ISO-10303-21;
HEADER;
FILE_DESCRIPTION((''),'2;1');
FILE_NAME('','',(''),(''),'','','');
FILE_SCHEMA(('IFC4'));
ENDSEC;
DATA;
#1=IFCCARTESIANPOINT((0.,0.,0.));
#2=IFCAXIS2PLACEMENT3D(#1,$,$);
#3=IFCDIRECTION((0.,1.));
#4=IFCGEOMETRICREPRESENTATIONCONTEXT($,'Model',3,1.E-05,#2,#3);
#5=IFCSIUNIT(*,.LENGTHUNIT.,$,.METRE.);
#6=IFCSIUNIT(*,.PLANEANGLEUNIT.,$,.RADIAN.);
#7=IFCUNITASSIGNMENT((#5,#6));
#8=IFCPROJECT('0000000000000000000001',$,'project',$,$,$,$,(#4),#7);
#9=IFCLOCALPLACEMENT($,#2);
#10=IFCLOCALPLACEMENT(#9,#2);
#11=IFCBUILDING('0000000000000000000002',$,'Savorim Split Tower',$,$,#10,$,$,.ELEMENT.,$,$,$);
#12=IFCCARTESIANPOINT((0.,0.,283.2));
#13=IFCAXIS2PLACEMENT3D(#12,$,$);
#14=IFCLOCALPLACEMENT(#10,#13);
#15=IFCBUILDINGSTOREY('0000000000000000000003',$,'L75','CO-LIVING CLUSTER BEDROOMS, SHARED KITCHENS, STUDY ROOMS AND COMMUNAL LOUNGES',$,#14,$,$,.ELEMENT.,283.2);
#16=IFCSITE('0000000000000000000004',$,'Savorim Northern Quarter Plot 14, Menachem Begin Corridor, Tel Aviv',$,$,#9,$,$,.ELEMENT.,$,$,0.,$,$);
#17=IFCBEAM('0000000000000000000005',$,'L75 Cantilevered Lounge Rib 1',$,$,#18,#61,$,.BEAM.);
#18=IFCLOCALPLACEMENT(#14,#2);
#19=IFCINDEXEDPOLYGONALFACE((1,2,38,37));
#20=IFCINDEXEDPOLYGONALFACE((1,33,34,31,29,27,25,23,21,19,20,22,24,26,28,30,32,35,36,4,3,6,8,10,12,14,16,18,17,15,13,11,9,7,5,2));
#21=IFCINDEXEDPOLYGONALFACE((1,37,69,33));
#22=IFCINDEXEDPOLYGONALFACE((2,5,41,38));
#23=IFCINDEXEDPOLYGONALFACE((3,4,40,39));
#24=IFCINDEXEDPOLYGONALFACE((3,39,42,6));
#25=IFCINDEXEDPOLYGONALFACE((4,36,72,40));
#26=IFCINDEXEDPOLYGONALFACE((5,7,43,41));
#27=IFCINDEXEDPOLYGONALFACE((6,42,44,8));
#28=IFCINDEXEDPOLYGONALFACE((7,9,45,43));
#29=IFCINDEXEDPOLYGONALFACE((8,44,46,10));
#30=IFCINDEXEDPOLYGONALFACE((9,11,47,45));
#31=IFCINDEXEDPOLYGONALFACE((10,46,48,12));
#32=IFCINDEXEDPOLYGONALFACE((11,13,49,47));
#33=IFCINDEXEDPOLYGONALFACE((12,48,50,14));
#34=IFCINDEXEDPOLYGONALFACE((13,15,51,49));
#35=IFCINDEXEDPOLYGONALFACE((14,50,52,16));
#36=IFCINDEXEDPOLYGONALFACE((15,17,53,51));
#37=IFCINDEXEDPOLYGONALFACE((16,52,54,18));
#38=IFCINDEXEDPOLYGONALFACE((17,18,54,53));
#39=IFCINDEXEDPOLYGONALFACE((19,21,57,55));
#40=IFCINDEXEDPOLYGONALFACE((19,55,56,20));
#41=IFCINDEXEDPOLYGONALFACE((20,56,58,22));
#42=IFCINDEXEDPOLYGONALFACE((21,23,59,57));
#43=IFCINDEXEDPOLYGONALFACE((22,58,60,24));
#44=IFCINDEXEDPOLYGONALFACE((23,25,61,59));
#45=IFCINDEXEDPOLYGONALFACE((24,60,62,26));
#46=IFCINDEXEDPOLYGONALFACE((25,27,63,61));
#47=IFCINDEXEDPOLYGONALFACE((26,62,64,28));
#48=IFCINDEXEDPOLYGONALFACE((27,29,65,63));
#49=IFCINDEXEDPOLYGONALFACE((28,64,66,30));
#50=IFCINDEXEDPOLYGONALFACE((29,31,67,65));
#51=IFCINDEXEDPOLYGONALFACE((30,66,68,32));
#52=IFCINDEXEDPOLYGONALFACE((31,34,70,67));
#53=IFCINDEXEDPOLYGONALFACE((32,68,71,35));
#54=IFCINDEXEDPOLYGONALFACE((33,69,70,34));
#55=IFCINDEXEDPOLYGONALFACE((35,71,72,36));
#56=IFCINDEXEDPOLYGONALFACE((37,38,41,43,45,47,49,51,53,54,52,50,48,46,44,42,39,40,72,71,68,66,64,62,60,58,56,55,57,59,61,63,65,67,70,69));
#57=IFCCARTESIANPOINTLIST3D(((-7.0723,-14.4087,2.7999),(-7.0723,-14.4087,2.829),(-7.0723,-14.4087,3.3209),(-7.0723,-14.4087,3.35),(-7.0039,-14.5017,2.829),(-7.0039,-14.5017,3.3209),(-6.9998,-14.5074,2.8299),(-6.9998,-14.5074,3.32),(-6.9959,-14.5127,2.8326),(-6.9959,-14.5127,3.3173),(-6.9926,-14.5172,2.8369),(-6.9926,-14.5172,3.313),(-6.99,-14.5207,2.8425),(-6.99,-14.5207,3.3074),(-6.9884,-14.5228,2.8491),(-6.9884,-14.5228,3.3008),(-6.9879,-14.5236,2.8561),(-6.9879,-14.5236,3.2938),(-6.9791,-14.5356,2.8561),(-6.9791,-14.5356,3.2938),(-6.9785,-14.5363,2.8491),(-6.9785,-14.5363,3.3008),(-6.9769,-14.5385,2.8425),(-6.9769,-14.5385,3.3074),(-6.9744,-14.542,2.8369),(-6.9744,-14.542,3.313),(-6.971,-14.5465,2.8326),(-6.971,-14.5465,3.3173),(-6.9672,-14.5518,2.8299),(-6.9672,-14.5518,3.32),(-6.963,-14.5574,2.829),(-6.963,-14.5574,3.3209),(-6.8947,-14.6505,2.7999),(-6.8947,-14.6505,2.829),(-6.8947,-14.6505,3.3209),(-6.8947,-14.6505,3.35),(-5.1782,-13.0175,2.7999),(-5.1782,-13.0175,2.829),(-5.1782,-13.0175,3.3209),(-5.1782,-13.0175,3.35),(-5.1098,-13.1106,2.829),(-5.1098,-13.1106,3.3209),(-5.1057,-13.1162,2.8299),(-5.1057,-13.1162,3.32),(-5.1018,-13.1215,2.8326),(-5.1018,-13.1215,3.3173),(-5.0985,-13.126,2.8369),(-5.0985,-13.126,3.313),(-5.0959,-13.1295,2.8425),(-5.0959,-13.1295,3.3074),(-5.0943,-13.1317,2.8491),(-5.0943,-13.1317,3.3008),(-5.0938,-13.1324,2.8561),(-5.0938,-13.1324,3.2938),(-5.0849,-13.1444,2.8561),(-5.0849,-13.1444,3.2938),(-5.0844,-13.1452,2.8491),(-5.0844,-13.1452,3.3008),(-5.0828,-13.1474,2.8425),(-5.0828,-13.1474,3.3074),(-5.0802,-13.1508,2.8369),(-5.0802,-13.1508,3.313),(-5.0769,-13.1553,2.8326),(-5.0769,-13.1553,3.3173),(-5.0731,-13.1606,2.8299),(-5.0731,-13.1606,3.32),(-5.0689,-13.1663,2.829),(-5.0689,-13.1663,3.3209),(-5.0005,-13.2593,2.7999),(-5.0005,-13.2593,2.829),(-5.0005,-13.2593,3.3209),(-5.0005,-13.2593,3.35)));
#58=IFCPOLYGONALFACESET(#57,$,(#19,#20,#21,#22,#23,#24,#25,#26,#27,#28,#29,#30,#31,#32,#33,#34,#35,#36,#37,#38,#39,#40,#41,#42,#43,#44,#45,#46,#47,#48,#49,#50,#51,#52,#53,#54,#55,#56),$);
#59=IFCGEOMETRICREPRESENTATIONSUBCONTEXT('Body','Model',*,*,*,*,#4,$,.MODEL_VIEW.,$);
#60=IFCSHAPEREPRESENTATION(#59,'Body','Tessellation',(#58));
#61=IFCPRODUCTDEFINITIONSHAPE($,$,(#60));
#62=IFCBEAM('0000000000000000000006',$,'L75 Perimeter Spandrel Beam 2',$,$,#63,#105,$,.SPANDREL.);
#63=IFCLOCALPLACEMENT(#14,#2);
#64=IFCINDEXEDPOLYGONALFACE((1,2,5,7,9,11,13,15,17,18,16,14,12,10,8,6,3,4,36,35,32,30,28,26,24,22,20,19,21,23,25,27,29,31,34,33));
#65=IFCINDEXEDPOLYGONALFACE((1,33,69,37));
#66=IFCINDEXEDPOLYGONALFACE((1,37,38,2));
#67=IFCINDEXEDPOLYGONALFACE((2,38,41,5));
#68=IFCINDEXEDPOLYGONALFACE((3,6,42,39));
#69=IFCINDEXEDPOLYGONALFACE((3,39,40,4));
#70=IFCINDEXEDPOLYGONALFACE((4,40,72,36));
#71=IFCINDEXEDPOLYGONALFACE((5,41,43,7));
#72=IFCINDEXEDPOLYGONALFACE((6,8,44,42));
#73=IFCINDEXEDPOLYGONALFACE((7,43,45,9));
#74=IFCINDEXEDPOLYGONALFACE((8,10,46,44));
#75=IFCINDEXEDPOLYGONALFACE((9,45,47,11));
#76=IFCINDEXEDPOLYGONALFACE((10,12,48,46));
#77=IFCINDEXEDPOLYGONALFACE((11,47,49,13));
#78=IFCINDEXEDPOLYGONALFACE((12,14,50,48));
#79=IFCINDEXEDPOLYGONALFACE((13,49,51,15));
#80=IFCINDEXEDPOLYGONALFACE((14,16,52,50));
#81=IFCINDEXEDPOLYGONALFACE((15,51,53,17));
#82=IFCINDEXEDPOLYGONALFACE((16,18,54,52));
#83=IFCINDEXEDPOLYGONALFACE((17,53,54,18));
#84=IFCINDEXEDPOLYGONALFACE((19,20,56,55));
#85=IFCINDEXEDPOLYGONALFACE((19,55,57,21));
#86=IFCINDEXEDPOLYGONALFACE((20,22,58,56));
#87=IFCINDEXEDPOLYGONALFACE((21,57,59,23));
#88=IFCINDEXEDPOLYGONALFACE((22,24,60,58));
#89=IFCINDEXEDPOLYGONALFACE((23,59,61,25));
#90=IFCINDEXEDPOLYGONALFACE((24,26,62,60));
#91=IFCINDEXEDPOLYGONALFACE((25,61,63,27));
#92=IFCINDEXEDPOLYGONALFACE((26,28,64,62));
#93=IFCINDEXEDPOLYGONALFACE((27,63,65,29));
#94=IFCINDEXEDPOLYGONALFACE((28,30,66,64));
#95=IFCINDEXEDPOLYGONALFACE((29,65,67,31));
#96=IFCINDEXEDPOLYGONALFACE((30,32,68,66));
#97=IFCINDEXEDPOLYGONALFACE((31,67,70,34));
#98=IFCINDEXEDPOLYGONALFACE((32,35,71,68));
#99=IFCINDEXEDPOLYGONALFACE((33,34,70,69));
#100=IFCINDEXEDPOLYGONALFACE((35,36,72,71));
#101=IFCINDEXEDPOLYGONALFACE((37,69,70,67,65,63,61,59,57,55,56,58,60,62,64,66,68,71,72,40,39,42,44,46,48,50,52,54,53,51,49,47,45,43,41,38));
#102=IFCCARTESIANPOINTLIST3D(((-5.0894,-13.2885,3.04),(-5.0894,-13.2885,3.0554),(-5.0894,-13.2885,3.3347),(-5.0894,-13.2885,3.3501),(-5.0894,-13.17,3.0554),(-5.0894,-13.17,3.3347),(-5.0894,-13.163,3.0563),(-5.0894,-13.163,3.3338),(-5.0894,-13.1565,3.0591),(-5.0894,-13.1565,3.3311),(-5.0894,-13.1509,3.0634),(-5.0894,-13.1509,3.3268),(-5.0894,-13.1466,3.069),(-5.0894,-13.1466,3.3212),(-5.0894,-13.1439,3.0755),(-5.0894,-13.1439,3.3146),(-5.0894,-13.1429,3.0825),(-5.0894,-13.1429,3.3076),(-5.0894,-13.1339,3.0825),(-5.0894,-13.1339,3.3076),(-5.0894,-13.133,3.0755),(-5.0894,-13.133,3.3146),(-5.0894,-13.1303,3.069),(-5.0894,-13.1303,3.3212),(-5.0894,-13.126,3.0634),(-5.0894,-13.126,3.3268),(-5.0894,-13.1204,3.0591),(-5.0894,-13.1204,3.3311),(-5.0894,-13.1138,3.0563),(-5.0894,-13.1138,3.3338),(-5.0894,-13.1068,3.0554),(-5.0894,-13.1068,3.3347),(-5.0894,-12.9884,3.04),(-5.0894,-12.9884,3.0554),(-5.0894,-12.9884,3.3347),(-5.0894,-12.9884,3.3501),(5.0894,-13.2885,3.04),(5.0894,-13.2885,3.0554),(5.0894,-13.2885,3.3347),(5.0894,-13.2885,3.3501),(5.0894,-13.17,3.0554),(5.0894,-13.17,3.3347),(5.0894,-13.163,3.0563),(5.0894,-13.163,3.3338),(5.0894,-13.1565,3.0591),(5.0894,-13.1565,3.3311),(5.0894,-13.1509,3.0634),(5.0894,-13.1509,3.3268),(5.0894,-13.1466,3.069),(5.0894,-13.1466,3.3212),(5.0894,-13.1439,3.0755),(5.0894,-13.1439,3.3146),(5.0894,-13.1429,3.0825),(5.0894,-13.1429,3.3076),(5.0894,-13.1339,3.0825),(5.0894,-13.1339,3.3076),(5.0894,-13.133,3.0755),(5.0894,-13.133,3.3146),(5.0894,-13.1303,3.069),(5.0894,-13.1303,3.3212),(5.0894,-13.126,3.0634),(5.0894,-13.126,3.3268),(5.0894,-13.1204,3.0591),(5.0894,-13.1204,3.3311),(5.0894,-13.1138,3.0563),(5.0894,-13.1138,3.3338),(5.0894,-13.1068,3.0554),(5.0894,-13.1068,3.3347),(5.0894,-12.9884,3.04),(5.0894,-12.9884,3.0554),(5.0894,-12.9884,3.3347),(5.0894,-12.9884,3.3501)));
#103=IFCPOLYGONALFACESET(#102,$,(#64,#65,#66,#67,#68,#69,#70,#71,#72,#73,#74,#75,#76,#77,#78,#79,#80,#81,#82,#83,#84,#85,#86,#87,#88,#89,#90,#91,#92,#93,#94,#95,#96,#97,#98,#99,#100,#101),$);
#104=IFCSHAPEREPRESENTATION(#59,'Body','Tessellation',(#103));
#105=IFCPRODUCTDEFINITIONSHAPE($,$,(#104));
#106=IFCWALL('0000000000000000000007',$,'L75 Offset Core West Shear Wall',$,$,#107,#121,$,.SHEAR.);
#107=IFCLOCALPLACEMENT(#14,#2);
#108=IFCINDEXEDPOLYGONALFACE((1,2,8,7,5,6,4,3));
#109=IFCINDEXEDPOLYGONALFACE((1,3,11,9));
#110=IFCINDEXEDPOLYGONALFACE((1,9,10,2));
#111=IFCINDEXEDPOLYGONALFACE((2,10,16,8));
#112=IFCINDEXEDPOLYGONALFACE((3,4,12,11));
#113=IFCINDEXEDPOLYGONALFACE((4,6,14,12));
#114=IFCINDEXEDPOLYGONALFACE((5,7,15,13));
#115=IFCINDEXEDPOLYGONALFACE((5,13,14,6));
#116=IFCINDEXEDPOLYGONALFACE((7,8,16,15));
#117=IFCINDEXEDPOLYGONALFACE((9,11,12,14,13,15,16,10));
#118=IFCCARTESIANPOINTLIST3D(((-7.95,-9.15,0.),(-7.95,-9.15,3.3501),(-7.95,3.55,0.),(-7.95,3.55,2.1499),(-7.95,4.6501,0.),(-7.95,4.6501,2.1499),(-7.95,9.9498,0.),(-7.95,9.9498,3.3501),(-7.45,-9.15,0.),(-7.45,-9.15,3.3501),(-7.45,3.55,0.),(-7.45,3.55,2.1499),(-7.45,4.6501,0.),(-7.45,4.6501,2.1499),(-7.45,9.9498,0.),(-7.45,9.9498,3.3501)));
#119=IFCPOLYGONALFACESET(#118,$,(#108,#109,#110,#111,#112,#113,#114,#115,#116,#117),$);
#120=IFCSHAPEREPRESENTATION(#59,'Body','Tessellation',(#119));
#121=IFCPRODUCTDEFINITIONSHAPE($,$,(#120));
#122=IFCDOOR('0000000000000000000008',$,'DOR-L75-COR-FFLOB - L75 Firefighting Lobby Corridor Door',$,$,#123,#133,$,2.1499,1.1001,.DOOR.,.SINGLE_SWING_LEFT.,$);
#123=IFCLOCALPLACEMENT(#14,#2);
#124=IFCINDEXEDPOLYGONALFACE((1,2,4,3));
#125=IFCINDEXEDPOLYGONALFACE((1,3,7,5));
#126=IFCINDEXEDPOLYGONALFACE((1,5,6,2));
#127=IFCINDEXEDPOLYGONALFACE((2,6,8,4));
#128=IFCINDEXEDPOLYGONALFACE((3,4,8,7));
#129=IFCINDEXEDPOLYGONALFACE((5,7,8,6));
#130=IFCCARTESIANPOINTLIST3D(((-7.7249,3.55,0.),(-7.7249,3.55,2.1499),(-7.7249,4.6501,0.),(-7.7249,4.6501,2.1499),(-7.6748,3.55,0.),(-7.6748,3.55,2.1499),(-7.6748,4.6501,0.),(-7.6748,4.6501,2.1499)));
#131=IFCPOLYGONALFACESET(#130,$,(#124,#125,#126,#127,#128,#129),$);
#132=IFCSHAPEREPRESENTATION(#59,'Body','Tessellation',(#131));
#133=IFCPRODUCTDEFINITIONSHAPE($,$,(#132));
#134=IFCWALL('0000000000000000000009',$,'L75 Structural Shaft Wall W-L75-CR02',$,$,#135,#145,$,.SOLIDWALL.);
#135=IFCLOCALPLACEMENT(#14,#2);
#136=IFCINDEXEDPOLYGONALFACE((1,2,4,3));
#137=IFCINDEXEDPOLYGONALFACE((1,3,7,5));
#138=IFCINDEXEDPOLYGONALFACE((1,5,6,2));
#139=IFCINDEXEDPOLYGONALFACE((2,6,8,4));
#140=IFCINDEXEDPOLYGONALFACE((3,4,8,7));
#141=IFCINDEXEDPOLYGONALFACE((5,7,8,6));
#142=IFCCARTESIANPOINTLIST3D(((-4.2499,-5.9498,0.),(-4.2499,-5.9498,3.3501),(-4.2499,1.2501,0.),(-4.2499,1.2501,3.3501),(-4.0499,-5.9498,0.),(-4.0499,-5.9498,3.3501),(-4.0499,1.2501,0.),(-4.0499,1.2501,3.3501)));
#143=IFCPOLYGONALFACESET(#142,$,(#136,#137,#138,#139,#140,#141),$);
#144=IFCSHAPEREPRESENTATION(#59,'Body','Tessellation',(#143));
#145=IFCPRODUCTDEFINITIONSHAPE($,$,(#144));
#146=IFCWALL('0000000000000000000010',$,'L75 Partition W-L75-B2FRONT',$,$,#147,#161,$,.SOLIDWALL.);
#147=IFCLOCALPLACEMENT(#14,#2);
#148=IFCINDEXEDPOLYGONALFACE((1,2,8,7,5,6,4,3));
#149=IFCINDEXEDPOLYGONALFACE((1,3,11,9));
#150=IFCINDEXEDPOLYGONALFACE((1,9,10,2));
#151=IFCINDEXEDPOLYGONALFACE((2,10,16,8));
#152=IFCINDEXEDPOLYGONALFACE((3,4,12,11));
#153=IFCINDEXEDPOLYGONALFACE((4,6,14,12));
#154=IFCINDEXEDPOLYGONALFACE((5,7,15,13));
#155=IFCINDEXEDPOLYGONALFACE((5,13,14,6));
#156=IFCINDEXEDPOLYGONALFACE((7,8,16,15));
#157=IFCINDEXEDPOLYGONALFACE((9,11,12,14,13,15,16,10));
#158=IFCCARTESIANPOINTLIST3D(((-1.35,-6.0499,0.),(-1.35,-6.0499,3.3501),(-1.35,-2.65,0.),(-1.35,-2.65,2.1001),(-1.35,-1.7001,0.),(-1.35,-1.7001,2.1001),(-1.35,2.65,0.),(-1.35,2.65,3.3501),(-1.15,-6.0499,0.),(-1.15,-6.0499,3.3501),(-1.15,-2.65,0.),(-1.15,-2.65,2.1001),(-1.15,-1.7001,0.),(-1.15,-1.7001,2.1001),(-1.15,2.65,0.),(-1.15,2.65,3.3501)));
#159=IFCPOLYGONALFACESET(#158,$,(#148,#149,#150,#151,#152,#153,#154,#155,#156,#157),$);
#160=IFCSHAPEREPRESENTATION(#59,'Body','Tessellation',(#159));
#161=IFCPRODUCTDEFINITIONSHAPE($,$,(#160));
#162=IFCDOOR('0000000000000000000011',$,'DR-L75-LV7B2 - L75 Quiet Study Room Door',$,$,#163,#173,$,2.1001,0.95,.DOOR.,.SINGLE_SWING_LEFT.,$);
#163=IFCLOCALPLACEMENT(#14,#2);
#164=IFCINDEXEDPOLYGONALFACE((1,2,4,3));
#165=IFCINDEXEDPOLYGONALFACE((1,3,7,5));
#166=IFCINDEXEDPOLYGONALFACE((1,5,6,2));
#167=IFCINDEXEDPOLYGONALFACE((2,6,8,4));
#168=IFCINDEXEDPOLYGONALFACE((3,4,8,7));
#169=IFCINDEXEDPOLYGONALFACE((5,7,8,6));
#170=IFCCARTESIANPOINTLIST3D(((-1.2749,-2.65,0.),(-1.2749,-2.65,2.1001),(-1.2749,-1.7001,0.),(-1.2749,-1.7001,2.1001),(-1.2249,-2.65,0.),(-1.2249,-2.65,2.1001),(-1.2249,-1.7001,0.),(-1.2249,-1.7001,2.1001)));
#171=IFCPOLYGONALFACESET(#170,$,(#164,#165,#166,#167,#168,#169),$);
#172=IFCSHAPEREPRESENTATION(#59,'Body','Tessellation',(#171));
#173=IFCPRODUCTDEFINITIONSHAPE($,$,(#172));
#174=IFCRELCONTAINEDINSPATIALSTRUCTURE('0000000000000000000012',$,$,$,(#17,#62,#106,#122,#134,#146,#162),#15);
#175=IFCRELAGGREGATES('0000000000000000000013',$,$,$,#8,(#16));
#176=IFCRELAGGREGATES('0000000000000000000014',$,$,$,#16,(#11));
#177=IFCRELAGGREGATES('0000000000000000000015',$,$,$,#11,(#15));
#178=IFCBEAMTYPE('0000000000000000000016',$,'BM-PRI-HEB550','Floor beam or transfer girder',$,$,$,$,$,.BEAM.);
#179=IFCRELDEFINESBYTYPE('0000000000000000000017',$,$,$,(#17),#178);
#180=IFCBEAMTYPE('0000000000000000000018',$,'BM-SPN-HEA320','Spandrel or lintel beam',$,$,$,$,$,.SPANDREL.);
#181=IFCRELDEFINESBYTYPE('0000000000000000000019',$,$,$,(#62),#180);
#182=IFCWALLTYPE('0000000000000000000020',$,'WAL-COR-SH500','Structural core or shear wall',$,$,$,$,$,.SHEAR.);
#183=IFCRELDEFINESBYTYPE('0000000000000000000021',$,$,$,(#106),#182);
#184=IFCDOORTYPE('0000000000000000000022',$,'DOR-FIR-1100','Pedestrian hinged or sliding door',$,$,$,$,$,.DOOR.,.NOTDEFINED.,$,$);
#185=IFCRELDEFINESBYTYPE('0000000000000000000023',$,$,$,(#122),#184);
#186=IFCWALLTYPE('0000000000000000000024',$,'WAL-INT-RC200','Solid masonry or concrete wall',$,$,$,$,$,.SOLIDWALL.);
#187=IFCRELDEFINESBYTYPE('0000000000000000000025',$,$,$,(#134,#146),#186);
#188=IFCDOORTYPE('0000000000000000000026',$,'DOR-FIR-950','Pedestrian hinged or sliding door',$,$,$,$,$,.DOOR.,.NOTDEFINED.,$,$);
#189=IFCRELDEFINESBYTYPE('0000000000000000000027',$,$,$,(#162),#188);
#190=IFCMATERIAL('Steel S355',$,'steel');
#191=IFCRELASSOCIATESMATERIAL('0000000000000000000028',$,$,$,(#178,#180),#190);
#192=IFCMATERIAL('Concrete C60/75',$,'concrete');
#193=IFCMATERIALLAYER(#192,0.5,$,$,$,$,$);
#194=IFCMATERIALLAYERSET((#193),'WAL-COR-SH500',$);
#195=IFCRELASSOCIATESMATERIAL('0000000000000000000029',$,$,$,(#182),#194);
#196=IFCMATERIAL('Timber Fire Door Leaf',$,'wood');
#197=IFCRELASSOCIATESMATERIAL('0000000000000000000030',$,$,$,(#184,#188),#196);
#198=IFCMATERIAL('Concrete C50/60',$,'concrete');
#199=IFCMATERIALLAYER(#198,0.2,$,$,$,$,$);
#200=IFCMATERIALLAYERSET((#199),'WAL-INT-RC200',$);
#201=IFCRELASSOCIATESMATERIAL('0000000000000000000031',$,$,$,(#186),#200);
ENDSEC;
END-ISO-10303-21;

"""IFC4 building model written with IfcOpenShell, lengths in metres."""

from ifc_helpers import new_model, si_unit, direction, frame, frame_2d, origin, origin_2d, place, context, subcontext, project, spatial, rectangle, i_section, extrude, material, layer, layer_set, material_profile, profile_set, type_object, element, fill, save


model = new_model("IFC4")

# Units and contexts
model_context = context("Model", 3, precision=1e-05, world=origin(), true_north=direction((0.0, 1.0)))
body_context = subcontext(model_context, "Body", "Model", "MODEL_VIEW")
ifc_project = project(units=[si_unit("LENGTHUNIT", "METRE"), si_unit("PLANEANGLEUNIT", "RADIAN")], contexts=[model_context])

# Site, building, storey
site_placement = place(None, origin())
site = spatial("IfcSite", under=ifc_project, at=site_placement, Name="Savorim Northern Quarter Plot 14, Menachem Begin Corridor, Tel Aviv", CompositionType="ELEMENT", RefElevation=0.0)
building_placement = place(site_placement, origin())
building = spatial("IfcBuilding", under=site, at=building_placement, Name="Savorim Split Tower", CompositionType="ELEMENT")
storey_placement = place(building_placement, frame((0.0, 0.0, 283.2)))
storey = spatial("IfcBuildingStorey", under=building, at=storey_placement, Name="L75", Description="CO-LIVING CLUSTER BEDROOMS, SHARED KITCHENS, STUDY ROOMS AND COMMUNAL LOUNGES", CompositionType="ELEMENT", Elevation=283.2)

# Shared definitions
ifc_material_1 = material(Name="Steel S355", Category="steel")

# Beams
ifc_material_profile_1 = material_profile(ifc_material_1, i_section(OverallWidth=0.3, OverallDepth=0.55, WebThickness=0.0149, FlangeThickness=0.0291, FilletRadius=0.0271, at=origin_2d()), Name="HEB 550")
ifc_profile_set_1 = profile_set([ifc_material_profile_1], Name="Steel S355")
beam_type_1 = type_object("IfcBeamType", Name="BM-PRI-HEB550", Description="Floor beam or transfer girder", PredefinedType="BEAM", material=ifc_profile_set_1)
beam_1_placement = place(storey_placement, frame((-5.0894, -13.1384, 3.075), z_axis=(-0.805969, -0.591958, 0.0), x_axis=(0.591958, -0.805969, 0.0)))
element("IfcBeam", 1, at=beam_1_placement, inside=storey, type_object=beam_type_1, Name="L75 Cantilevered Lounge Rib 1", PredefinedType="BEAM", context=body_context, shape_type="SweptSolid", body=[
    extrude(i_section(OverallWidth=0.3, OverallDepth=0.55, WebThickness=0.0149, FlangeThickness=0.0291, FilletRadius=0.0271, at=origin_2d()), origin(), (0.0, 0.0, 1.0), 2.3501),
])
ifc_material_profile_2 = material_profile(ifc_material_1, i_section(OverallWidth=0.3, OverallDepth=0.3101, WebThickness=0.009, FlangeThickness=0.0154, FilletRadius=0.0271, at=origin_2d()), Name="HEA 320")
ifc_profile_set_2 = profile_set([ifc_material_profile_2], Name="Steel S355")
beam_type_2 = type_object("IfcBeamType", Name="BM-SPN-HEA320", Description="Spandrel or lintel beam", PredefinedType="SPANDREL", material=ifc_profile_set_2)
beam_2_placement = place(storey_placement, frame((-5.0894, -13.1384, 3.1951), z_axis=(1.0, 0.0, 0.0), x_axis=(0.0, 1.0, 0.0)))
element("IfcBeam", 2, at=beam_2_placement, inside=storey, type_object=beam_type_2, Name="L75 Perimeter Spandrel Beam 2", PredefinedType="SPANDREL", context=body_context, shape_type="SweptSolid", body=[
    extrude(i_section(OverallWidth=0.3, OverallDepth=0.3101, WebThickness=0.009, FlangeThickness=0.0154, FilletRadius=0.0271, at=origin_2d()), origin(), (0.0, 0.0, 1.0), 10.1787),
])

# Wall, opening, door
ifc_material_2 = material(Name="Concrete C60/75", Category="concrete")
ifc_layer_1 = layer(ifc_material_2, 0.5)
ifc_layer_set_1 = layer_set([ifc_layer_1], Name="WAL-COR-SH500")
wall_type_1 = type_object("IfcWallType", Name="WAL-COR-SH500", Description="Structural core or shear wall", PredefinedType="SHEAR", material=ifc_layer_set_1)
wall_1_placement = place(storey_placement, frame((-7.7, -9.1499, 0.0), z_axis=(0.0, 0.0, 1.0), x_axis=(0.0, 1.0, 0.0)))
wall_1 = element("IfcWall", 3, at=wall_1_placement, inside=storey, type_object=wall_type_1, Name="L75 Offset Core West Shear Wall", PredefinedType="SHEAR", context=body_context, shape_type="SweptSolid", body=[
    extrude(rectangle(XDim=19.0999, YDim=0.5, at=frame_2d((9.5498, 0.0))), origin(), (0.0, 0.0, 1.0), 3.3501),
])
opening_1_placement = place(wall_1_placement, frame((12.7, 0.0, 0.0)))
opening_1 = element("IfcOpeningElement", 4, at=opening_1_placement, cuts=wall_1, PredefinedType="OPENING", context=body_context, shape_type="SweptSolid", body=[
    extrude(rectangle(XDim=1.1001, YDim=2.1499, at=frame_2d((0.55, 1.075))), frame((0.0, 0.26, 0.0), z_axis=(0.0, -1.0, 0.0), x_axis=(1.0, 0.0, 0.0)), (0.0, 0.0, 1.0), 0.52),
])
ifc_material_3 = material(Name="Timber Fire Door Leaf", Category="wood")
door_type_1 = type_object("IfcDoorType", Name="DOR-FIR-1100", Description="Pedestrian hinged or sliding door", OperationType="NOTDEFINED", PredefinedType="DOOR", material=ifc_material_3)
door_1_placement = place(opening_1_placement, origin())
door_1 = element("IfcDoor", 5, at=door_1_placement, inside=storey, type_object=door_type_1, Name="DOR-L75-COR-FFLOB - L75 Firefighting Lobby Corridor Door", OperationType="SINGLE_SWING_LEFT", OverallHeight=2.1499, OverallWidth=1.1001, PredefinedType="DOOR", context=body_context, shape_type="SweptSolid", body=[
    extrude(rectangle(XDim=1.1001, YDim=2.1499, at=frame_2d((0.55, 1.075))), frame((0.0, 0.0249, 0.0), z_axis=(0.0, -1.0, 0.0), x_axis=(1.0, 0.0, 0.0)), (0.0, 0.0, 1.0), 0.05),
])
fill(opening_1, door_1)

# Wall
ifc_material_4 = material(Name="Concrete C50/60", Category="concrete")
ifc_layer_2 = layer(ifc_material_4, 0.2)
ifc_layer_set_2 = layer_set([ifc_layer_2], Name="WAL-INT-RC200")
wall_type_2 = type_object("IfcWallType", Name="WAL-INT-RC200", Description="Solid masonry or concrete wall", PredefinedType="SOLIDWALL", material=ifc_layer_set_2)
wall_2_placement = place(storey_placement, frame((-4.1499, -5.95, 0.0), z_axis=(0.0, 0.0, 1.0), x_axis=(0.0, 1.0, 0.0)))
element("IfcWall", 6, at=wall_2_placement, inside=storey, type_object=wall_type_2, Name="L75 Structural Shaft Wall W-L75-CR02", PredefinedType="SOLIDWALL", context=body_context, shape_type="SweptSolid", body=[
    extrude(rectangle(XDim=7.2, YDim=0.2, at=frame_2d((3.6001, 0.0))), origin(), (0.0, 0.0, 1.0), 3.3501),
])

# Wall, opening, door
wall_3_placement = place(storey_placement, frame((-1.25, -6.05, 0.0), z_axis=(0.0, 0.0, 1.0), x_axis=(0.0, 1.0, 0.0)))
wall_3 = element("IfcWall", 7, at=wall_3_placement, inside=storey, type_object=wall_type_2, Name="L75 Partition W-L75-B2FRONT", PredefinedType="SOLIDWALL", context=body_context, shape_type="SweptSolid", body=[
    extrude(rectangle(XDim=8.7, YDim=0.2, at=frame_2d((4.3501, 0.0))), origin(), (0.0, 0.0, 1.0), 3.3501),
])
opening_2_placement = place(wall_3_placement, frame((3.3999, 0.0, 0.0)))
opening_2 = element("IfcOpeningElement", 8, at=opening_2_placement, cuts=wall_3, PredefinedType="OPENING", context=body_context, shape_type="SweptSolid", body=[
    extrude(rectangle(XDim=0.95, YDim=2.1001, at=frame_2d((0.4751, 1.05))), frame((0.0, 0.1099, 0.0), z_axis=(0.0, -1.0, 0.0), x_axis=(1.0, 0.0, 0.0)), (0.0, 0.0, 1.0), 0.22),
])
door_type_2 = type_object("IfcDoorType", Name="DOR-FIR-950", Description="Pedestrian hinged or sliding door", OperationType="NOTDEFINED", PredefinedType="DOOR", material=ifc_material_3)
door_2_placement = place(opening_2_placement, origin())
door_2 = element("IfcDoor", 9, at=door_2_placement, inside=storey, type_object=door_type_2, Name="DR-L75-LV7B2 - L75 Quiet Study Room Door", OperationType="SINGLE_SWING_LEFT", OverallHeight=2.1001, OverallWidth=0.95, PredefinedType="DOOR", context=body_context, shape_type="SweptSolid", body=[
    extrude(rectangle(XDim=0.95, YDim=2.1001, at=frame_2d((0.4751, 1.05))), frame((0.0, 0.0249, 0.0), z_axis=(0.0, -1.0, 0.0), x_axis=(1.0, 0.0, 0.0)), (0.0, 0.0, 1.0), 0.05),
])
fill(opening_2, door_2)

save(model, "model.ifc")
